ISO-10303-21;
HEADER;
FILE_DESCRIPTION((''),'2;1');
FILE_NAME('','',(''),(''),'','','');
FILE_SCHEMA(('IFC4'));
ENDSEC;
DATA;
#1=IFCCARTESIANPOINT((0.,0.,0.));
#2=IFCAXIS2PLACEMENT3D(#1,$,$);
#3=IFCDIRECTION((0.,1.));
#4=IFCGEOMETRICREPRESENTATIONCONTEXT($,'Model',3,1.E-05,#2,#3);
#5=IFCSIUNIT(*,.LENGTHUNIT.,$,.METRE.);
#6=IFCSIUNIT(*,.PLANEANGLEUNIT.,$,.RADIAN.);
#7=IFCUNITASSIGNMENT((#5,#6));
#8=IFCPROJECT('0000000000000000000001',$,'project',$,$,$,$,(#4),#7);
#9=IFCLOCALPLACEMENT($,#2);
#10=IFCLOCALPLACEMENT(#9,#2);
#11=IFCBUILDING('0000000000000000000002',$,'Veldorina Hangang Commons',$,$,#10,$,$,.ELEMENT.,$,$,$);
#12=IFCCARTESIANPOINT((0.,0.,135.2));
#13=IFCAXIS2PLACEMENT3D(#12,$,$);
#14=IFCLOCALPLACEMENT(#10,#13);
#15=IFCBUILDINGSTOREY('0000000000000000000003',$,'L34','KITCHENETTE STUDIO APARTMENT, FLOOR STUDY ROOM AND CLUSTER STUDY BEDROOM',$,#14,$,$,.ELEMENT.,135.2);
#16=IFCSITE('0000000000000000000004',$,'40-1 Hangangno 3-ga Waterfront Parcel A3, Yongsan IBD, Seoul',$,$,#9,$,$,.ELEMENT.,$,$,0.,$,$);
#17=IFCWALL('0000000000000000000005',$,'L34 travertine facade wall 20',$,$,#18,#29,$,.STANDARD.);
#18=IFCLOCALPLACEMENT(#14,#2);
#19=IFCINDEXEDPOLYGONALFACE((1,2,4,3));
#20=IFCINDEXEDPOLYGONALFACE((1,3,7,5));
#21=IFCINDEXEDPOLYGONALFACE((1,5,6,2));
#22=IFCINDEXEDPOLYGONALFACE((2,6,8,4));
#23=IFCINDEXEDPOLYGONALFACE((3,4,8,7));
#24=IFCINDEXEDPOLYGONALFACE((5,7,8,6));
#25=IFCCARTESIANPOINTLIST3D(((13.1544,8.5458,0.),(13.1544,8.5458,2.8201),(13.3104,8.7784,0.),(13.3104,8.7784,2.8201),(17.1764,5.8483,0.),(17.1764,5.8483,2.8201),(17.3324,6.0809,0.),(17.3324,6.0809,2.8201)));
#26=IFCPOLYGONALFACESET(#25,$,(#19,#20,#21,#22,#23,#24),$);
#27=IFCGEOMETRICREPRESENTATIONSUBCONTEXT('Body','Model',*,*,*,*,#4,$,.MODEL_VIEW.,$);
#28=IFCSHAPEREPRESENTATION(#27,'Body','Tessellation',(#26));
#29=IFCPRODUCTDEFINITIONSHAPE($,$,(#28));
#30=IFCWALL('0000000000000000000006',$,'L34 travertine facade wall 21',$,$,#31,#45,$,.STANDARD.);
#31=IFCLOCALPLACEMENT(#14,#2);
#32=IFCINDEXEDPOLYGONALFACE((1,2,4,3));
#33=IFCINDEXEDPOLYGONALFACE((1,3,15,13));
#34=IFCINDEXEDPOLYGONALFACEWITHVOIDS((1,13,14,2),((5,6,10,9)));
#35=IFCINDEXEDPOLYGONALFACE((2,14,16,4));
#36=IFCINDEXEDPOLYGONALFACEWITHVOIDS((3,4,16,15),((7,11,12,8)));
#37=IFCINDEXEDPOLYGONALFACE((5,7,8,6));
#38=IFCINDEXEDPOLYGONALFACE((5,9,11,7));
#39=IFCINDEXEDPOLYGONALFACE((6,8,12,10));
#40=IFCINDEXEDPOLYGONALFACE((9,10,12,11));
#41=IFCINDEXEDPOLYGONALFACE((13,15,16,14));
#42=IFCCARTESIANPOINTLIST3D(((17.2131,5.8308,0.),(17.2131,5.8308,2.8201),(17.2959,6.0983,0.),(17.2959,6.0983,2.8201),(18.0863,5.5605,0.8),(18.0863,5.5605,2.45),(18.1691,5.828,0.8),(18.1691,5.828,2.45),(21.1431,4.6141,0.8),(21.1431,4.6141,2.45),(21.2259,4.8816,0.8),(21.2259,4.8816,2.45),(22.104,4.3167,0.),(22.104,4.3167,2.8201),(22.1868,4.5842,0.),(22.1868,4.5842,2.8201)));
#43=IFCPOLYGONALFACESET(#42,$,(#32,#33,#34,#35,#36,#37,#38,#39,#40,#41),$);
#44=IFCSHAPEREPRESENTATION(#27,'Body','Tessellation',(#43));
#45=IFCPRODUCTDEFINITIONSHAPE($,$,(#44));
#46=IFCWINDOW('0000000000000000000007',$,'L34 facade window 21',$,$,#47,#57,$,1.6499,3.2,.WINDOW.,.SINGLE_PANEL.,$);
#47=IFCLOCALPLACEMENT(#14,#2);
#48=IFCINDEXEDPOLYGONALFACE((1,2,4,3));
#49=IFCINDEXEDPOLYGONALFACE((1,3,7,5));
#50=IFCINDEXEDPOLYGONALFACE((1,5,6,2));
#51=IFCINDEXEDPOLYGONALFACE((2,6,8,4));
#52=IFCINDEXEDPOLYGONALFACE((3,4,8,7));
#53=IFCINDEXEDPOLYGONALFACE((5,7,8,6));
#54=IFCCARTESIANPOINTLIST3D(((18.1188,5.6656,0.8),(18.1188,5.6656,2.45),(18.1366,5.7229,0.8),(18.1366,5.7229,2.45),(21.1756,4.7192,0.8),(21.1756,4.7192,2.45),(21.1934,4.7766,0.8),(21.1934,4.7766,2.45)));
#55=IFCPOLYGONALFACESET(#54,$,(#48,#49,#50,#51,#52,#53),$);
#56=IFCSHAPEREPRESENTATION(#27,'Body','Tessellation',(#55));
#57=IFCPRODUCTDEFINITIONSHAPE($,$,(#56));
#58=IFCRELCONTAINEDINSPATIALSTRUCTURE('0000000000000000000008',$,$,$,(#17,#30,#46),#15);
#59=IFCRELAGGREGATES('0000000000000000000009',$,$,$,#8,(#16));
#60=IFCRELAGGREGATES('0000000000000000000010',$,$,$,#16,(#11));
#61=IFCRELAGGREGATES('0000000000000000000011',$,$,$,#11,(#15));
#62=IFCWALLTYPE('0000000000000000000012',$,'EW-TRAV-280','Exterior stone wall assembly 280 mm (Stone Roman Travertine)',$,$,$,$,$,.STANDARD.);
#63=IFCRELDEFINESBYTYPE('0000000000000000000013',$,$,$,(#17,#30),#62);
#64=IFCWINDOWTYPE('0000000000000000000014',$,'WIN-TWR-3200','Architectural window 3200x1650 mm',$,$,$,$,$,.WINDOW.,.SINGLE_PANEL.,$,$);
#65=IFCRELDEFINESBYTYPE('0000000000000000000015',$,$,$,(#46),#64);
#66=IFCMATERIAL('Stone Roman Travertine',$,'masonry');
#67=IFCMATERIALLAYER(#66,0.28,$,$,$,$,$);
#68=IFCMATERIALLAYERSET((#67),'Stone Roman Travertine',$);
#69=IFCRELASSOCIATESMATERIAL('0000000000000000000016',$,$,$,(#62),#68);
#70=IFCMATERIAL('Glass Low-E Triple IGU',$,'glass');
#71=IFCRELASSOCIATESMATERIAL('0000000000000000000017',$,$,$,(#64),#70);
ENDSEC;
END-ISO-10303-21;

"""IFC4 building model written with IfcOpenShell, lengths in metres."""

from ifc_helpers import new_model, si_unit, direction, frame, frame_2d, origin, place, context, subcontext, project, spatial, rectangle, extrude, material, layer, layer_set, type_object, element, fill, save


model = new_model("IFC4")

# Units and contexts
model_context = context("Model", 3, precision=1e-05, world=origin(), true_north=direction((0.0, 1.0)))
body_context = subcontext(model_context, "Body", "Model", "MODEL_VIEW")
ifc_project = project(units=[si_unit("LENGTHUNIT", "METRE"), si_unit("PLANEANGLEUNIT", "RADIAN")], contexts=[model_context])

# Site, building, storey
site_placement = place(None, origin())
site = spatial("IfcSite", under=ifc_project, at=site_placement, Name="40-1 Hangangno 3-ga Waterfront Parcel A3, Yongsan IBD, Seoul", CompositionType="ELEMENT", RefElevation=0.0)
building_placement = place(site_placement, origin())
building = spatial("IfcBuilding", under=site, at=building_placement, Name="Veldorina Hangang Commons", CompositionType="ELEMENT")
storey_placement = place(building_placement, frame((0.0, 0.0, 135.2)))
storey = spatial("IfcBuildingStorey", under=building, at=storey_placement, Name="L34", Description="KITCHENETTE STUDIO APARTMENT, FLOOR STUDY ROOM AND CLUSTER STUDY BEDROOM", CompositionType="ELEMENT", Elevation=135.2)

# Wall
ifc_material_1 = material(Name="Stone Roman Travertine", Category="masonry")
ifc_layer_1 = layer(ifc_material_1, 0.28)
ifc_layer_set_1 = layer_set([ifc_layer_1], Name="Stone Roman Travertine")
wall_type = type_object("IfcWallType", Name="EW-TRAV-280", Description="Exterior stone wall assembly 280 mm (Stone Roman Travertine)", PredefinedType="STANDARD", material=ifc_layer_set_1)
wall_1_placement = place(storey_placement, frame((13.2324, 8.6621, 0.0), z_axis=(0.0, 0.0, 1.0), x_axis=(0.830504, -0.557013, 0.0)))
element("IfcWall", 1, at=wall_1_placement, inside=storey, type_object=wall_type, Name="L34 travertine facade wall 20", PredefinedType="STANDARD", context=body_context, shape_type="SweptSolid", body=[
    extrude(rectangle(XDim=4.8428, YDim=0.28, at=frame_2d((2.4214, 0.0))), origin(), (0.0, 0.0, 1.0), 2.8201),
])

# Wall, opening, window
wall_2_placement = place(storey_placement, frame((17.2544, 5.9646, 0.0), z_axis=(0.0, 0.0, 1.0), x_axis=(0.955268, -0.295741, 0.0)))
wall_2 = element("IfcWall", 2, at=wall_2_placement, inside=storey, type_object=wall_type, Name="L34 travertine facade wall 21", PredefinedType="STANDARD", context=body_context, shape_type="SweptSolid", body=[
    extrude(rectangle(XDim=5.1199, YDim=0.28, at=frame_2d((2.5601, 0.0))), origin(), (0.0, 0.0, 1.0), 2.8201),
])
opening_placement = place(wall_2_placement, frame((0.9141, 0.0, 0.8)))
opening = element("IfcOpeningElement", 3, at=opening_placement, cuts=wall_2, PredefinedType="OPENING", context=body_context, shape_type="SweptSolid", body=[
    extrude(rectangle(XDim=3.2, YDim=1.6499, at=frame_2d((1.6001, 0.825))), frame((0.0, 0.1499, 0.0), z_axis=(0.0, -1.0, 0.0), x_axis=(1.0, 0.0, 0.0)), (0.0, 0.0, 1.0), 0.3),
])
ifc_material_2 = material(Name="Glass Low-E Triple IGU", Category="glass")
window_type = type_object("IfcWindowType", Name="WIN-TWR-3200", Description="Architectural window 3200x1650 mm", PartitioningType="SINGLE_PANEL", PredefinedType="WINDOW", material=ifc_material_2)
window_placement = place(opening_placement, origin())
window = element("IfcWindow", 4, at=window_placement, inside=storey, type_object=window_type, Name="L34 facade window 21", OverallHeight=1.6499, OverallWidth=3.2, PartitioningType="SINGLE_PANEL", PredefinedType="WINDOW", context=body_context, shape_type="SweptSolid", body=[
    extrude(rectangle(XDim=3.2, YDim=1.6499, at=frame_2d((1.6001, 0.825))), frame((0.0, 0.03, 0.0), z_axis=(0.0, -1.0, 0.0), x_axis=(1.0, 0.0, 0.0)), (0.0, 0.0, 1.0), 0.0601),
])
fill(opening, window)

save(model, "model.ifc")
